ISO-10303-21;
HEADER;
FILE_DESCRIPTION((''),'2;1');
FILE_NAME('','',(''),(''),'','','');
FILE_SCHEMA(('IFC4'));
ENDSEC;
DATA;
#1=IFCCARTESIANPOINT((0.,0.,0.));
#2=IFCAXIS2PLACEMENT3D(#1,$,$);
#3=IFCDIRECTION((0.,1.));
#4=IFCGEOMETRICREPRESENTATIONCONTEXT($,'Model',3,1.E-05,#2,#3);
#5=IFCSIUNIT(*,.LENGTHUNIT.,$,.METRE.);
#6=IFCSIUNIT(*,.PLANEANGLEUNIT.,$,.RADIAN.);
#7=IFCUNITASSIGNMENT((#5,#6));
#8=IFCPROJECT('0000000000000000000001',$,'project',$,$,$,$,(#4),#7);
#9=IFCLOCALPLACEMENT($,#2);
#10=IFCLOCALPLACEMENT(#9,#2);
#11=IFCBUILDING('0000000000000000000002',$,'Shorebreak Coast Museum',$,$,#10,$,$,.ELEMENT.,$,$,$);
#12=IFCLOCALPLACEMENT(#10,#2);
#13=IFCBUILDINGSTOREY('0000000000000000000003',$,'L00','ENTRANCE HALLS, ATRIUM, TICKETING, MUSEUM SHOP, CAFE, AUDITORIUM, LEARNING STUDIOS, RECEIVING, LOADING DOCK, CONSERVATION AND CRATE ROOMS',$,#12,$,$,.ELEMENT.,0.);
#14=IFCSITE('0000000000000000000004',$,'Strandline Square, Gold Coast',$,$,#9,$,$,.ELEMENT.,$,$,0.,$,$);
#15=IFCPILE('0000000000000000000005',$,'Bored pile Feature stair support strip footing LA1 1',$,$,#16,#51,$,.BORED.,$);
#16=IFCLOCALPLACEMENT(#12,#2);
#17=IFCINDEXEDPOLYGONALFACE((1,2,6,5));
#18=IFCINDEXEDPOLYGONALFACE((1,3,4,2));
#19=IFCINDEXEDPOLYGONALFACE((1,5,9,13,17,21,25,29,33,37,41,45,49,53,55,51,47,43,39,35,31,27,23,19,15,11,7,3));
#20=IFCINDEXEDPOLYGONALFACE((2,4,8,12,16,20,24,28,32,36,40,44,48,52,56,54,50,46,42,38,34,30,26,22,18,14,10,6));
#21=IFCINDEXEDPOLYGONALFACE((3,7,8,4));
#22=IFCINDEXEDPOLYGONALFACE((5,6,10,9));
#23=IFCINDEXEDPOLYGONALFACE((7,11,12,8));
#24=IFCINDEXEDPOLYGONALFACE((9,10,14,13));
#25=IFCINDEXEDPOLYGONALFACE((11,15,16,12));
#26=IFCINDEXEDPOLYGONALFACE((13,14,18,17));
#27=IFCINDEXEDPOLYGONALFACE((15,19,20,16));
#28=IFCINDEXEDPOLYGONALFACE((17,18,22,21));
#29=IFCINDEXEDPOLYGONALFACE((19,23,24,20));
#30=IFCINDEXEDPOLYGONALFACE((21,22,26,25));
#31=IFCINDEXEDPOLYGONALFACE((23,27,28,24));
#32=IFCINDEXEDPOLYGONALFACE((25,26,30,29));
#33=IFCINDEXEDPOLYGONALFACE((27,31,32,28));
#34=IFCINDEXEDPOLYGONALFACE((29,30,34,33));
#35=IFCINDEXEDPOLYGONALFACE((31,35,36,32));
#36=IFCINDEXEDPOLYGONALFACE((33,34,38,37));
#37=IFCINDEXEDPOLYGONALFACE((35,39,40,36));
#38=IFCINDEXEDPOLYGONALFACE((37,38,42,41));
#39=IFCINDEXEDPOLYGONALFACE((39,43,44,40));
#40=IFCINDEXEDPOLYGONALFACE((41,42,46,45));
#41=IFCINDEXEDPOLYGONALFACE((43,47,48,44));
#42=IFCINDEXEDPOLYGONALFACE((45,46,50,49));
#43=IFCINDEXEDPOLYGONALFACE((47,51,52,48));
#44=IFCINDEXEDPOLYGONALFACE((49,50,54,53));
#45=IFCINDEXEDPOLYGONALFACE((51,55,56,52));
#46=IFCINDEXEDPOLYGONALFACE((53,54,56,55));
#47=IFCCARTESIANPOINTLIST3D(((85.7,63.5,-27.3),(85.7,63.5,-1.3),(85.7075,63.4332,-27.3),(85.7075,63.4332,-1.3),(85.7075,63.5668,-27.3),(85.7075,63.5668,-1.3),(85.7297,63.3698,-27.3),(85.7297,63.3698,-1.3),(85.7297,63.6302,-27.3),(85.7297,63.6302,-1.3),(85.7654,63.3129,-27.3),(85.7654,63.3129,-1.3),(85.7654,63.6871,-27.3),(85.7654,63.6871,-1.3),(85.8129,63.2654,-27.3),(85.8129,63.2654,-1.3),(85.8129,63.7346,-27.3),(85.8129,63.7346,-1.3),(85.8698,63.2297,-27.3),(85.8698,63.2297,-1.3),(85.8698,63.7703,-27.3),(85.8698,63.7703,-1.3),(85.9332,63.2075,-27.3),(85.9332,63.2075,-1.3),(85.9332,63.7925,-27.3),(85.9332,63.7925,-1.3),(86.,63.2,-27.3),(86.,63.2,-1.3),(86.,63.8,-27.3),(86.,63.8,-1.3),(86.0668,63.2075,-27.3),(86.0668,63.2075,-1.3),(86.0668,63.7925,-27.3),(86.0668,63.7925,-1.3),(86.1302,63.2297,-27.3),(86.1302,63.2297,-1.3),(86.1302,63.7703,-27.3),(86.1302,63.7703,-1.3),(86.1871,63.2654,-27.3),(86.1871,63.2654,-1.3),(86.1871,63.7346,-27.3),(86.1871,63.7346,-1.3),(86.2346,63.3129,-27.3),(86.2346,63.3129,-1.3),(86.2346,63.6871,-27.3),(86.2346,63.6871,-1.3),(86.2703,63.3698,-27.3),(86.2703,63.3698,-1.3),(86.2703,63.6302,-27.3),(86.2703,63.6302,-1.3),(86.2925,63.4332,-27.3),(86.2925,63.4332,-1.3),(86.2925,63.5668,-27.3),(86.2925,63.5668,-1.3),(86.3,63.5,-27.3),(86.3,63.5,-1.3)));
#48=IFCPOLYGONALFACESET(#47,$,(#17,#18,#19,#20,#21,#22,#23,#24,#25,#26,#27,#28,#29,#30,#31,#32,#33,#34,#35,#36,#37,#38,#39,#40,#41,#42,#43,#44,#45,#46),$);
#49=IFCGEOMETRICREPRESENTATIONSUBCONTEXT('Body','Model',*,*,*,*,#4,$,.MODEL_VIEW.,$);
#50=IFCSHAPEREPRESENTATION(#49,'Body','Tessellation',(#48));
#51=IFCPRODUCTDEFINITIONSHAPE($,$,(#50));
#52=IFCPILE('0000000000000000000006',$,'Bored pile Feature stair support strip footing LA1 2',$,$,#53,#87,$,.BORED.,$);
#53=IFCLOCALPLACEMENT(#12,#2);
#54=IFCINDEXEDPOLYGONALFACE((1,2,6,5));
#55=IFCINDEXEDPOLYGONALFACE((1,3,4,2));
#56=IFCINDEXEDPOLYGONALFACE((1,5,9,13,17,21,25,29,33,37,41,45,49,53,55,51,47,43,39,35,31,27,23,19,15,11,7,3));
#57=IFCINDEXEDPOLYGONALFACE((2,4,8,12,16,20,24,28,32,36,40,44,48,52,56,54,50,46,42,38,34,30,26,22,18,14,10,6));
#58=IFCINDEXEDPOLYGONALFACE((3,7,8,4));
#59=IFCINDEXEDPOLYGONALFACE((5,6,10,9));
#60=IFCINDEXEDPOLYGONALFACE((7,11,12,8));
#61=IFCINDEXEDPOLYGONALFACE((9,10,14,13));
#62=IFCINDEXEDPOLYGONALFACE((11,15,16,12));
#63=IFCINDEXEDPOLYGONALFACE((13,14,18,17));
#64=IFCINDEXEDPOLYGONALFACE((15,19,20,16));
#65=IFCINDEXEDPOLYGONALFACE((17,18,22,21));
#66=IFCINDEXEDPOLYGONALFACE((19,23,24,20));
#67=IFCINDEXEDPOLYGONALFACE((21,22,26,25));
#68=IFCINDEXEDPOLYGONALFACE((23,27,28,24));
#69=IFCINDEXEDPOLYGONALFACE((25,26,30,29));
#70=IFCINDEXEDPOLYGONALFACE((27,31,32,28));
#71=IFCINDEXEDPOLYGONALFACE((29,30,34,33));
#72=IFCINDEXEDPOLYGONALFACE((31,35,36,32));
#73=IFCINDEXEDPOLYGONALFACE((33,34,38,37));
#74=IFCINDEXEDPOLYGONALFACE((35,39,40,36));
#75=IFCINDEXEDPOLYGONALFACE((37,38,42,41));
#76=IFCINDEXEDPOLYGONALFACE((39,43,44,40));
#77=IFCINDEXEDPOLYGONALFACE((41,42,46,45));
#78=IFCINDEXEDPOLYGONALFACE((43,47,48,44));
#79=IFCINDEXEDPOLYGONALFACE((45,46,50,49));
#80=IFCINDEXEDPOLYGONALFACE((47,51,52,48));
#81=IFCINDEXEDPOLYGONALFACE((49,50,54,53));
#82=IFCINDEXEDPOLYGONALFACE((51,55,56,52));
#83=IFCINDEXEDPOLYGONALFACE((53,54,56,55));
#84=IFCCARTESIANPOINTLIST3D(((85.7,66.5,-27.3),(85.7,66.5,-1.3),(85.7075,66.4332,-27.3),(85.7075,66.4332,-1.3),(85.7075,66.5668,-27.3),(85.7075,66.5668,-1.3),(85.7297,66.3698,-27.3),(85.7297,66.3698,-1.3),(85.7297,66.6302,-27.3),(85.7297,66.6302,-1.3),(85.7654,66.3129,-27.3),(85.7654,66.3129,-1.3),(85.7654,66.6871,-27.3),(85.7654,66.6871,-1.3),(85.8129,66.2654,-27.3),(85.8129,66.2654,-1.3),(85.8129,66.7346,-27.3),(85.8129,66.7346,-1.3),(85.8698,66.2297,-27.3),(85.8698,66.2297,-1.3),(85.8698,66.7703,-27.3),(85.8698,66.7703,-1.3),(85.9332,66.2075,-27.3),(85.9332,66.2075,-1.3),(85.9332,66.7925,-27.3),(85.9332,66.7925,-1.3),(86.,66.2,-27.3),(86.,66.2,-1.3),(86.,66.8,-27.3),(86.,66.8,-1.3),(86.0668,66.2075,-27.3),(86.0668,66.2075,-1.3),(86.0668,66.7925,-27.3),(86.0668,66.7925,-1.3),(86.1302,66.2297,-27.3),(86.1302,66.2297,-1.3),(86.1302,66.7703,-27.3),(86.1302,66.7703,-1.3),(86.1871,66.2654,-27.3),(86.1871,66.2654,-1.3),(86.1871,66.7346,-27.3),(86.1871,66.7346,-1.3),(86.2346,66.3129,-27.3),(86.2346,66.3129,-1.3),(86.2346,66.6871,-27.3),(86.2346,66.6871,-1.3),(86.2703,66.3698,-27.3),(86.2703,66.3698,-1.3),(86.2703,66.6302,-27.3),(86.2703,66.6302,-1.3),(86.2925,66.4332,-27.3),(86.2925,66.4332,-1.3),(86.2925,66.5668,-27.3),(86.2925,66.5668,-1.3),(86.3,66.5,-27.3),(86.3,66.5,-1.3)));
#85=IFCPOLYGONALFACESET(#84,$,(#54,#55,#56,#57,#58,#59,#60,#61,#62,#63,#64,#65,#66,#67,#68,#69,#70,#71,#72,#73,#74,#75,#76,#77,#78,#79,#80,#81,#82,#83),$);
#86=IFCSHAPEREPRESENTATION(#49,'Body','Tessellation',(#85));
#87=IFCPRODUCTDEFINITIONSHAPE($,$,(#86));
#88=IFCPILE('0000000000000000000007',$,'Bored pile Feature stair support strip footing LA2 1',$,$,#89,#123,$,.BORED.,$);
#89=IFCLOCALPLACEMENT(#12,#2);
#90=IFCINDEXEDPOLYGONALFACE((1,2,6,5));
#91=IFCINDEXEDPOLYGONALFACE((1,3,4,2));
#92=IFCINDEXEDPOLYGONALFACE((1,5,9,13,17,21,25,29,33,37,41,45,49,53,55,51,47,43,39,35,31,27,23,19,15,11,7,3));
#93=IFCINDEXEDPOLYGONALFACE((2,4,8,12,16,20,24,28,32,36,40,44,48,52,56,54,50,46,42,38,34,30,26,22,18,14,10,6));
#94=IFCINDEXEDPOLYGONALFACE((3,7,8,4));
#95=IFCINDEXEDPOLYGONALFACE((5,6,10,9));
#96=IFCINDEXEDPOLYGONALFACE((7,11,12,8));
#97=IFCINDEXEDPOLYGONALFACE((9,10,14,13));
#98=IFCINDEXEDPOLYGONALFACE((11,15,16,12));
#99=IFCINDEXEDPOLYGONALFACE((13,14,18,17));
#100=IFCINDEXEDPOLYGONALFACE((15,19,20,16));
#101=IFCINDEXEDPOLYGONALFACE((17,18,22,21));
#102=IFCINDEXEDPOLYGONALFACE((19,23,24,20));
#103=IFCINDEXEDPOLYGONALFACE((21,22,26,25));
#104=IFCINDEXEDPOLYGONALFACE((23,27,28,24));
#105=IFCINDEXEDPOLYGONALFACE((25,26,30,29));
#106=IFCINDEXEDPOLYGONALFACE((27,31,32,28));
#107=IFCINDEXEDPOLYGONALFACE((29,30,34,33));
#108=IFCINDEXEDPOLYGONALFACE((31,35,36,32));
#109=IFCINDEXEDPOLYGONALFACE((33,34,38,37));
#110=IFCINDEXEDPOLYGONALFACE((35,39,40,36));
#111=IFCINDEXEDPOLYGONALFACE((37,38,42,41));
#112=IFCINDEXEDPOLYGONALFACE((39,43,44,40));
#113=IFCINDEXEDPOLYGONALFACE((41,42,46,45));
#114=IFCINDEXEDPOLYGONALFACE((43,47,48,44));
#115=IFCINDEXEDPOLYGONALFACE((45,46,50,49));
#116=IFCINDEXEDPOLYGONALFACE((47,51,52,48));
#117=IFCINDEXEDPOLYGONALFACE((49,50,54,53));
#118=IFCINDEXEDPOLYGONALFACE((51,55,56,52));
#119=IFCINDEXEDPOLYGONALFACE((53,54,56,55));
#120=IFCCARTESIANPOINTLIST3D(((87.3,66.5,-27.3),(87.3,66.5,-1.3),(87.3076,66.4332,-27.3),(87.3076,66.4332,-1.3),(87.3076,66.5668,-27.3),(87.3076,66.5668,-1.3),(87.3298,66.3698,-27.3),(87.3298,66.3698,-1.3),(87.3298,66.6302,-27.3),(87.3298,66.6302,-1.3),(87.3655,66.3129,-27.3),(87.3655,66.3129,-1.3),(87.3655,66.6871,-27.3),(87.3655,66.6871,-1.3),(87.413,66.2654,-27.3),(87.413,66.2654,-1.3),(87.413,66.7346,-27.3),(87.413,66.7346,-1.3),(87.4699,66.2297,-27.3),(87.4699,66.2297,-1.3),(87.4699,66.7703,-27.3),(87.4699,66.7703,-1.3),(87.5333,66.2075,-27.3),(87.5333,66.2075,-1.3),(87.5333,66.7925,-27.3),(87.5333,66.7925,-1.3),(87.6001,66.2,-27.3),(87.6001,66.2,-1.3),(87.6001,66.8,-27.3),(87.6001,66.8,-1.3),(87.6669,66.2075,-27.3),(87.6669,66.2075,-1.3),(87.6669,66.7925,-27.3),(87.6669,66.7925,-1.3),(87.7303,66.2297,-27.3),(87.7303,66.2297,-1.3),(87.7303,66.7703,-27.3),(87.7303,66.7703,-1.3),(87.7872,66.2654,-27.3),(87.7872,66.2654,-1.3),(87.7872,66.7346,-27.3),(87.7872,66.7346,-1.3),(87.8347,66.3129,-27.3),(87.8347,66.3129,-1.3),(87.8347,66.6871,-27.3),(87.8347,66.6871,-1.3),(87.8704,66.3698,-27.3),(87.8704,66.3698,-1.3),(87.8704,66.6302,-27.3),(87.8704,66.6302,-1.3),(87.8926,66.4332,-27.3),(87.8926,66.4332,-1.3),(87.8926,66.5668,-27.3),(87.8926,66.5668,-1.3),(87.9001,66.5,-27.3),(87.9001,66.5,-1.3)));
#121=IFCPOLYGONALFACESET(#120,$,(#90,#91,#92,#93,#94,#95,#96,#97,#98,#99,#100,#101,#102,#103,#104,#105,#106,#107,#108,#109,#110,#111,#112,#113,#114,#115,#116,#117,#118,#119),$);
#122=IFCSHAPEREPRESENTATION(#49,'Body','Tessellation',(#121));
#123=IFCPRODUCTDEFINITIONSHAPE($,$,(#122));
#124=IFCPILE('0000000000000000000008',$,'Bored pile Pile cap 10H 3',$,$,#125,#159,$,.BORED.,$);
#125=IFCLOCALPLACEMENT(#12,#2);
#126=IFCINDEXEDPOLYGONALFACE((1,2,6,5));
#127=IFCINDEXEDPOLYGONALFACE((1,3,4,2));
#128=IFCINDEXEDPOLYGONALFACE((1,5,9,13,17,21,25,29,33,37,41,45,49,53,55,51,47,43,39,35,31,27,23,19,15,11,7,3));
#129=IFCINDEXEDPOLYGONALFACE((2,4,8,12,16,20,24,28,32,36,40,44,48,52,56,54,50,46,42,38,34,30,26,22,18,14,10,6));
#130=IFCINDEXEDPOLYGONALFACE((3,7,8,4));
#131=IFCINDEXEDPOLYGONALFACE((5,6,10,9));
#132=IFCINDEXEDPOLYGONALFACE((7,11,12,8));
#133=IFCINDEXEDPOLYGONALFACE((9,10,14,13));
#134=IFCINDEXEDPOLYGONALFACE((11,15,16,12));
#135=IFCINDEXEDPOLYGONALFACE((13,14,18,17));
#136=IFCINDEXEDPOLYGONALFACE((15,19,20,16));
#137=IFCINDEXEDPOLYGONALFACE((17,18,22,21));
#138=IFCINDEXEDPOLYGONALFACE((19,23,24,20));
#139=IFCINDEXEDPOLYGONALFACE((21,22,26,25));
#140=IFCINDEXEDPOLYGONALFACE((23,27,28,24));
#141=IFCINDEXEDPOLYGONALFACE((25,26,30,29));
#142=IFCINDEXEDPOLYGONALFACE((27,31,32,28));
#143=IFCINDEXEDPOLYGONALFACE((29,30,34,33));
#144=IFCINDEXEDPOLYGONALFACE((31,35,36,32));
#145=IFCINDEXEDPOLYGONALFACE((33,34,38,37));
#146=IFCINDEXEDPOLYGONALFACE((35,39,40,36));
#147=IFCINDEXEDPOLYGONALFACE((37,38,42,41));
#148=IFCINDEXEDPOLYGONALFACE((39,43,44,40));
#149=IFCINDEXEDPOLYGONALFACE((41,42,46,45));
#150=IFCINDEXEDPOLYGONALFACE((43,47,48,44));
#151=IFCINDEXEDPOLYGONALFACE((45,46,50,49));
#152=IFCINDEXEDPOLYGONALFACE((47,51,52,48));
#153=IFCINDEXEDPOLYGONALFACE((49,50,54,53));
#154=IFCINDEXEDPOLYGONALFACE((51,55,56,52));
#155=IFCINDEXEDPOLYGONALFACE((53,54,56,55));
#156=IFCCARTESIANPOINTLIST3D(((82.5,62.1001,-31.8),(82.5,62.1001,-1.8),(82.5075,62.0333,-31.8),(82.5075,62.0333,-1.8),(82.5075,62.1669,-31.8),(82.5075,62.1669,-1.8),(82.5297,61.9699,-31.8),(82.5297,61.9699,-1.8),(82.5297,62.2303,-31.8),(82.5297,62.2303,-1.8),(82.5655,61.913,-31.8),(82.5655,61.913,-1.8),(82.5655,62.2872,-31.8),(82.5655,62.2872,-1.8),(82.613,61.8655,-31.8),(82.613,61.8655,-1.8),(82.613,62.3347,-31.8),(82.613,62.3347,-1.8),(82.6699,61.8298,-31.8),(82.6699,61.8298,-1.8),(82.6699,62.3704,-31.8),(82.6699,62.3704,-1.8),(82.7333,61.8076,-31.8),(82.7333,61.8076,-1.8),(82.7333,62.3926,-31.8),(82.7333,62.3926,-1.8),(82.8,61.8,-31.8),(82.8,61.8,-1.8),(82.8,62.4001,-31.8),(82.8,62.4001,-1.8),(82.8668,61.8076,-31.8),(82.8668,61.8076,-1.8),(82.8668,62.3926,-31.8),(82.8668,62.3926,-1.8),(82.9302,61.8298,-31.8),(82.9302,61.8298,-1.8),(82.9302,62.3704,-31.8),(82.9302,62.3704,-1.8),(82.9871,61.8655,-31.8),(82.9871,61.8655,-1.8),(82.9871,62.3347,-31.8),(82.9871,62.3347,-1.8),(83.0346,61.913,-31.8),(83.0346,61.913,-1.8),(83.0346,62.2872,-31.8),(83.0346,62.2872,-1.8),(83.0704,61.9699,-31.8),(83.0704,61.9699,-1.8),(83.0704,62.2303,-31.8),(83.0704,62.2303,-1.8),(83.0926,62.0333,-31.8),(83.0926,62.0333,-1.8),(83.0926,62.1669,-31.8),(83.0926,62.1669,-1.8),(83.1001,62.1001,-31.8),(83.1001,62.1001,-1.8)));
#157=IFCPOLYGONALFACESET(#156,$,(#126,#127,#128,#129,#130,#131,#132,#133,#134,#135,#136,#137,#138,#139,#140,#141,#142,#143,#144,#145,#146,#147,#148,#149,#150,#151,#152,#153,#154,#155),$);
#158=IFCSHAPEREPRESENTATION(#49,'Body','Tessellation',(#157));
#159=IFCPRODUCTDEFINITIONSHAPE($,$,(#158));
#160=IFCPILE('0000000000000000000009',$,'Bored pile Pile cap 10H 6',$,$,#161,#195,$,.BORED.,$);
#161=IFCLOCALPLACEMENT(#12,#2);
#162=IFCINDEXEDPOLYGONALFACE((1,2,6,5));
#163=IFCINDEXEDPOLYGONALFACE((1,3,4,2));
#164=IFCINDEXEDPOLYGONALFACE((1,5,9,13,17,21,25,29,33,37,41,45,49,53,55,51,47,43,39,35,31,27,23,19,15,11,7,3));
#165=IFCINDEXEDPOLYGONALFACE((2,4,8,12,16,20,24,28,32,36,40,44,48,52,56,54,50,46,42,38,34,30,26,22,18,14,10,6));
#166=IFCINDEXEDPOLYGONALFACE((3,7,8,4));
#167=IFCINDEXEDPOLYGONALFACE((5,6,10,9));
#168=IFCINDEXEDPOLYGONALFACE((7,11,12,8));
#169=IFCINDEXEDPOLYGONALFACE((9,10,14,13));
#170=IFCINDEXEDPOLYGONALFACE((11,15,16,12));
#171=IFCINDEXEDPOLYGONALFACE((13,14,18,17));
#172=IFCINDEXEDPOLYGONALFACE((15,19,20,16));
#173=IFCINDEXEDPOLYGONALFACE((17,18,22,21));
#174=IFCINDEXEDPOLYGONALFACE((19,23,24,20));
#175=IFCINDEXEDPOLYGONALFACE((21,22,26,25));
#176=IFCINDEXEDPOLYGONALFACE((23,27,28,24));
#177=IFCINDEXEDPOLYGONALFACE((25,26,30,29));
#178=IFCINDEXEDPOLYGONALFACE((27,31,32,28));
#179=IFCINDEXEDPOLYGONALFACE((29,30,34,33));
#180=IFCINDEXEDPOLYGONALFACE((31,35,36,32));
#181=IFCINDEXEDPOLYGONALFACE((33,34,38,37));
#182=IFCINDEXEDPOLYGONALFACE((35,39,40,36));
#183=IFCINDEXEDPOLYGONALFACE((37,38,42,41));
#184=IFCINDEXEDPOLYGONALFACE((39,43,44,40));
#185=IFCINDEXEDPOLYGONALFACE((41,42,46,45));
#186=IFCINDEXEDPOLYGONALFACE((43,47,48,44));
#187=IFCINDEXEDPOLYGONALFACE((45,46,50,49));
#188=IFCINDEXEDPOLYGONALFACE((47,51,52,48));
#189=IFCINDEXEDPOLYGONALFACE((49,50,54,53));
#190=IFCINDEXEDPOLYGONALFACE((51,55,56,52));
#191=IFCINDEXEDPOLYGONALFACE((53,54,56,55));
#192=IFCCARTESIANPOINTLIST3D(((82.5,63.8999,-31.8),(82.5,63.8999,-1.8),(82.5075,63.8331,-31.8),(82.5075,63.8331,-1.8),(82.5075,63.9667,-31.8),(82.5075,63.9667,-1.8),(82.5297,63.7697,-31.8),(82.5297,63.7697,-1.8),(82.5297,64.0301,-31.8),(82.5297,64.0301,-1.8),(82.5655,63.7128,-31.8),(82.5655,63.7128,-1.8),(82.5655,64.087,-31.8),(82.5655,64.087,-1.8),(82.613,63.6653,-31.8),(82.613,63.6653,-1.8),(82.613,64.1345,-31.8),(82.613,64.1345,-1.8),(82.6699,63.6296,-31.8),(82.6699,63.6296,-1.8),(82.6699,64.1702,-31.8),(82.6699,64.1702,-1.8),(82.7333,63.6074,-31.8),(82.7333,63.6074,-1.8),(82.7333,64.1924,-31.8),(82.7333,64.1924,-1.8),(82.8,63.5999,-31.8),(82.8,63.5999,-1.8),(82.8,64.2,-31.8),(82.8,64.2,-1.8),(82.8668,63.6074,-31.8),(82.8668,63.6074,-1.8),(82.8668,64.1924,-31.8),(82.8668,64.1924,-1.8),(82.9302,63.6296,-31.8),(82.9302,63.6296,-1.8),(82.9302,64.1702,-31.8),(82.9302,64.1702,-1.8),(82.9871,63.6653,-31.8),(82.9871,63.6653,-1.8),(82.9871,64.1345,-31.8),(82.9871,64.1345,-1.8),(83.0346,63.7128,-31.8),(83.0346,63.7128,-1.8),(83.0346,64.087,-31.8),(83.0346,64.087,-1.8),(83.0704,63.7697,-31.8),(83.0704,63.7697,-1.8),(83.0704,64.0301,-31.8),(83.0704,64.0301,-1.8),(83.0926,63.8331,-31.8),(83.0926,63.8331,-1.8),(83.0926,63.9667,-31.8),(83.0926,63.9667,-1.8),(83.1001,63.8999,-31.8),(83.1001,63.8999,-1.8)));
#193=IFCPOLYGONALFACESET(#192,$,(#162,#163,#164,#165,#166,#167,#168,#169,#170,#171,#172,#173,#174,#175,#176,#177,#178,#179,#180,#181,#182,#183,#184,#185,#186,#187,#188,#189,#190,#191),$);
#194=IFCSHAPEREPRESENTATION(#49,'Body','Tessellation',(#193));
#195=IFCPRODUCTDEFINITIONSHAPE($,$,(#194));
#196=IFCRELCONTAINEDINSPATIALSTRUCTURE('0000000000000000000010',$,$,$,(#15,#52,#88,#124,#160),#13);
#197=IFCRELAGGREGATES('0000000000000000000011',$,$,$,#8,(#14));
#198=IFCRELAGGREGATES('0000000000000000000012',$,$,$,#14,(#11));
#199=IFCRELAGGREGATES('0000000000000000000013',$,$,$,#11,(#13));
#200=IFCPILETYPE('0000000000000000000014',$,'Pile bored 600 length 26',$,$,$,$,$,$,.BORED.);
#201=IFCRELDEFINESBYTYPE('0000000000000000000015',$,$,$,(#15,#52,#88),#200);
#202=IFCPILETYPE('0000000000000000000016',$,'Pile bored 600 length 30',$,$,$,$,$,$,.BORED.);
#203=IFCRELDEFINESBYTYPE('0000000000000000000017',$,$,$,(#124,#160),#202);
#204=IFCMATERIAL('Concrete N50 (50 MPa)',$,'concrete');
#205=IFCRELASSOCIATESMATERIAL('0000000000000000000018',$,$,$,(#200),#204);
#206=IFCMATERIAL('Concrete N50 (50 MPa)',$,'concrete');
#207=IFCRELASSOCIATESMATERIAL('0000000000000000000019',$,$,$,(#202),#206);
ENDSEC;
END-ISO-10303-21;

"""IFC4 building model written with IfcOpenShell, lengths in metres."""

from ifc_helpers import new_model, si_unit, direction, frame, origin, origin_2d, place, context, subcontext, project, spatial, circle, extrude, material, material_profile, profile_set, type_object, element, save


model = new_model("IFC4")

# Units and contexts
model_context = context("Model", 3, precision=1e-05, world=origin(), true_north=direction((0.0, 1.0)))
body_context = subcontext(model_context, "Body", "Model", "MODEL_VIEW")
ifc_project = project(units=[si_unit("LENGTHUNIT", "METRE"), si_unit("PLANEANGLEUNIT", "RADIAN")], contexts=[model_context])

# Site, building, storey
site_placement = place(None, origin())
site = spatial("IfcSite", under=ifc_project, at=site_placement, Name="Strandline Square, Gold Coast", CompositionType="ELEMENT", RefElevation=0.0)
building_placement = place(site_placement, origin())
building = spatial("IfcBuilding", under=site, at=building_placement, Name="Shorebreak Coast Museum", CompositionType="ELEMENT")
storey_placement = place(building_placement, origin())
storey = spatial("IfcBuildingStorey", under=building, at=storey_placement, Name="L00", Description="ENTRANCE HALLS, ATRIUM, TICKETING, MUSEUM SHOP, CAFE, AUDITORIUM, LEARNING STUDIOS, RECEIVING, LOADING DOCK, CONSERVATION AND CRATE ROOMS", CompositionType="ELEMENT", Elevation=0.0)

# Piles
ifc_material_1 = material(Name="Concrete N50 (50 MPa)", Category="concrete")
ifc_material_profile_1 = material_profile(ifc_material_1, circle(Radius=0.3, at=origin_2d()), Name="Pile bored 600 length 26")
ifc_profile_set_1 = profile_set([ifc_material_profile_1], Name="Concrete N50 (50 MPa)")
pile_type_1 = type_object("IfcPileType", Name="Pile bored 600 length 26", PredefinedType="BORED", material=ifc_profile_set_1)
for number, where, z_axis, x_axis, name in (
    (1, (86.0, 63.5, -1.3), (0.0, 0.0, -1.0), (1.0, 0.0, 0.0), "Bored pile Feature stair support strip footing LA1 1"),
    (2, (86.0, 66.5, -1.3), (0.0, 0.0, -1.0), (1.0, 0.0, 0.0), "Bored pile Feature stair support strip footing LA1 2"),
    (3, (87.6001, 66.5, -1.3), (0.0, 0.0, -1.0), (1.0, 0.0, 0.0), "Bored pile Feature stair support strip footing LA2 1"),
):
    element("IfcPile", number, at=place(storey_placement, frame(where, z_axis=z_axis, x_axis=x_axis)), inside=storey, type_object=pile_type_1, Name=name, PredefinedType="BORED", context=body_context, shape_type="SweptSolid", body=[
        extrude(circle(Radius=0.3, at=origin_2d()), origin(), (0.0, 0.0, 1.0), 26.0),
    ])
ifc_material_2 = material(Name="Concrete N50 (50 MPa)", Category="concrete")
ifc_material_profile_2 = material_profile(ifc_material_2, circle(Radius=0.3, at=origin_2d()), Name="Pile bored 600 length 30")
ifc_profile_set_2 = profile_set([ifc_material_profile_2], Name="Concrete N50 (50 MPa)")
pile_type_2 = type_object("IfcPileType", Name="Pile bored 600 length 30", PredefinedType="BORED", material=ifc_profile_set_2)
for number, where, z_axis, x_axis, name in (
    (4, (82.8, 62.1001, -1.8), (0.0, 0.0, -1.0), (1.0, 0.0, 0.0), "Bored pile Pile cap 10H 3"),
    (5, (82.8, 63.8999, -1.8), (0.0, 0.0, -1.0), (1.0, 0.0, 0.0), "Bored pile Pile cap 10H 6"),
):
    element("IfcPile", number, at=place(storey_placement, frame(where, z_axis=z_axis, x_axis=x_axis)), inside=storey, type_object=pile_type_2, Name=name, PredefinedType="BORED", context=body_context, shape_type="SweptSolid", body=[
        extrude(circle(Radius=0.3, at=origin_2d()), origin(), (0.0, 0.0, 1.0), 30.0),
    ])

save(model, "model.ifc")
